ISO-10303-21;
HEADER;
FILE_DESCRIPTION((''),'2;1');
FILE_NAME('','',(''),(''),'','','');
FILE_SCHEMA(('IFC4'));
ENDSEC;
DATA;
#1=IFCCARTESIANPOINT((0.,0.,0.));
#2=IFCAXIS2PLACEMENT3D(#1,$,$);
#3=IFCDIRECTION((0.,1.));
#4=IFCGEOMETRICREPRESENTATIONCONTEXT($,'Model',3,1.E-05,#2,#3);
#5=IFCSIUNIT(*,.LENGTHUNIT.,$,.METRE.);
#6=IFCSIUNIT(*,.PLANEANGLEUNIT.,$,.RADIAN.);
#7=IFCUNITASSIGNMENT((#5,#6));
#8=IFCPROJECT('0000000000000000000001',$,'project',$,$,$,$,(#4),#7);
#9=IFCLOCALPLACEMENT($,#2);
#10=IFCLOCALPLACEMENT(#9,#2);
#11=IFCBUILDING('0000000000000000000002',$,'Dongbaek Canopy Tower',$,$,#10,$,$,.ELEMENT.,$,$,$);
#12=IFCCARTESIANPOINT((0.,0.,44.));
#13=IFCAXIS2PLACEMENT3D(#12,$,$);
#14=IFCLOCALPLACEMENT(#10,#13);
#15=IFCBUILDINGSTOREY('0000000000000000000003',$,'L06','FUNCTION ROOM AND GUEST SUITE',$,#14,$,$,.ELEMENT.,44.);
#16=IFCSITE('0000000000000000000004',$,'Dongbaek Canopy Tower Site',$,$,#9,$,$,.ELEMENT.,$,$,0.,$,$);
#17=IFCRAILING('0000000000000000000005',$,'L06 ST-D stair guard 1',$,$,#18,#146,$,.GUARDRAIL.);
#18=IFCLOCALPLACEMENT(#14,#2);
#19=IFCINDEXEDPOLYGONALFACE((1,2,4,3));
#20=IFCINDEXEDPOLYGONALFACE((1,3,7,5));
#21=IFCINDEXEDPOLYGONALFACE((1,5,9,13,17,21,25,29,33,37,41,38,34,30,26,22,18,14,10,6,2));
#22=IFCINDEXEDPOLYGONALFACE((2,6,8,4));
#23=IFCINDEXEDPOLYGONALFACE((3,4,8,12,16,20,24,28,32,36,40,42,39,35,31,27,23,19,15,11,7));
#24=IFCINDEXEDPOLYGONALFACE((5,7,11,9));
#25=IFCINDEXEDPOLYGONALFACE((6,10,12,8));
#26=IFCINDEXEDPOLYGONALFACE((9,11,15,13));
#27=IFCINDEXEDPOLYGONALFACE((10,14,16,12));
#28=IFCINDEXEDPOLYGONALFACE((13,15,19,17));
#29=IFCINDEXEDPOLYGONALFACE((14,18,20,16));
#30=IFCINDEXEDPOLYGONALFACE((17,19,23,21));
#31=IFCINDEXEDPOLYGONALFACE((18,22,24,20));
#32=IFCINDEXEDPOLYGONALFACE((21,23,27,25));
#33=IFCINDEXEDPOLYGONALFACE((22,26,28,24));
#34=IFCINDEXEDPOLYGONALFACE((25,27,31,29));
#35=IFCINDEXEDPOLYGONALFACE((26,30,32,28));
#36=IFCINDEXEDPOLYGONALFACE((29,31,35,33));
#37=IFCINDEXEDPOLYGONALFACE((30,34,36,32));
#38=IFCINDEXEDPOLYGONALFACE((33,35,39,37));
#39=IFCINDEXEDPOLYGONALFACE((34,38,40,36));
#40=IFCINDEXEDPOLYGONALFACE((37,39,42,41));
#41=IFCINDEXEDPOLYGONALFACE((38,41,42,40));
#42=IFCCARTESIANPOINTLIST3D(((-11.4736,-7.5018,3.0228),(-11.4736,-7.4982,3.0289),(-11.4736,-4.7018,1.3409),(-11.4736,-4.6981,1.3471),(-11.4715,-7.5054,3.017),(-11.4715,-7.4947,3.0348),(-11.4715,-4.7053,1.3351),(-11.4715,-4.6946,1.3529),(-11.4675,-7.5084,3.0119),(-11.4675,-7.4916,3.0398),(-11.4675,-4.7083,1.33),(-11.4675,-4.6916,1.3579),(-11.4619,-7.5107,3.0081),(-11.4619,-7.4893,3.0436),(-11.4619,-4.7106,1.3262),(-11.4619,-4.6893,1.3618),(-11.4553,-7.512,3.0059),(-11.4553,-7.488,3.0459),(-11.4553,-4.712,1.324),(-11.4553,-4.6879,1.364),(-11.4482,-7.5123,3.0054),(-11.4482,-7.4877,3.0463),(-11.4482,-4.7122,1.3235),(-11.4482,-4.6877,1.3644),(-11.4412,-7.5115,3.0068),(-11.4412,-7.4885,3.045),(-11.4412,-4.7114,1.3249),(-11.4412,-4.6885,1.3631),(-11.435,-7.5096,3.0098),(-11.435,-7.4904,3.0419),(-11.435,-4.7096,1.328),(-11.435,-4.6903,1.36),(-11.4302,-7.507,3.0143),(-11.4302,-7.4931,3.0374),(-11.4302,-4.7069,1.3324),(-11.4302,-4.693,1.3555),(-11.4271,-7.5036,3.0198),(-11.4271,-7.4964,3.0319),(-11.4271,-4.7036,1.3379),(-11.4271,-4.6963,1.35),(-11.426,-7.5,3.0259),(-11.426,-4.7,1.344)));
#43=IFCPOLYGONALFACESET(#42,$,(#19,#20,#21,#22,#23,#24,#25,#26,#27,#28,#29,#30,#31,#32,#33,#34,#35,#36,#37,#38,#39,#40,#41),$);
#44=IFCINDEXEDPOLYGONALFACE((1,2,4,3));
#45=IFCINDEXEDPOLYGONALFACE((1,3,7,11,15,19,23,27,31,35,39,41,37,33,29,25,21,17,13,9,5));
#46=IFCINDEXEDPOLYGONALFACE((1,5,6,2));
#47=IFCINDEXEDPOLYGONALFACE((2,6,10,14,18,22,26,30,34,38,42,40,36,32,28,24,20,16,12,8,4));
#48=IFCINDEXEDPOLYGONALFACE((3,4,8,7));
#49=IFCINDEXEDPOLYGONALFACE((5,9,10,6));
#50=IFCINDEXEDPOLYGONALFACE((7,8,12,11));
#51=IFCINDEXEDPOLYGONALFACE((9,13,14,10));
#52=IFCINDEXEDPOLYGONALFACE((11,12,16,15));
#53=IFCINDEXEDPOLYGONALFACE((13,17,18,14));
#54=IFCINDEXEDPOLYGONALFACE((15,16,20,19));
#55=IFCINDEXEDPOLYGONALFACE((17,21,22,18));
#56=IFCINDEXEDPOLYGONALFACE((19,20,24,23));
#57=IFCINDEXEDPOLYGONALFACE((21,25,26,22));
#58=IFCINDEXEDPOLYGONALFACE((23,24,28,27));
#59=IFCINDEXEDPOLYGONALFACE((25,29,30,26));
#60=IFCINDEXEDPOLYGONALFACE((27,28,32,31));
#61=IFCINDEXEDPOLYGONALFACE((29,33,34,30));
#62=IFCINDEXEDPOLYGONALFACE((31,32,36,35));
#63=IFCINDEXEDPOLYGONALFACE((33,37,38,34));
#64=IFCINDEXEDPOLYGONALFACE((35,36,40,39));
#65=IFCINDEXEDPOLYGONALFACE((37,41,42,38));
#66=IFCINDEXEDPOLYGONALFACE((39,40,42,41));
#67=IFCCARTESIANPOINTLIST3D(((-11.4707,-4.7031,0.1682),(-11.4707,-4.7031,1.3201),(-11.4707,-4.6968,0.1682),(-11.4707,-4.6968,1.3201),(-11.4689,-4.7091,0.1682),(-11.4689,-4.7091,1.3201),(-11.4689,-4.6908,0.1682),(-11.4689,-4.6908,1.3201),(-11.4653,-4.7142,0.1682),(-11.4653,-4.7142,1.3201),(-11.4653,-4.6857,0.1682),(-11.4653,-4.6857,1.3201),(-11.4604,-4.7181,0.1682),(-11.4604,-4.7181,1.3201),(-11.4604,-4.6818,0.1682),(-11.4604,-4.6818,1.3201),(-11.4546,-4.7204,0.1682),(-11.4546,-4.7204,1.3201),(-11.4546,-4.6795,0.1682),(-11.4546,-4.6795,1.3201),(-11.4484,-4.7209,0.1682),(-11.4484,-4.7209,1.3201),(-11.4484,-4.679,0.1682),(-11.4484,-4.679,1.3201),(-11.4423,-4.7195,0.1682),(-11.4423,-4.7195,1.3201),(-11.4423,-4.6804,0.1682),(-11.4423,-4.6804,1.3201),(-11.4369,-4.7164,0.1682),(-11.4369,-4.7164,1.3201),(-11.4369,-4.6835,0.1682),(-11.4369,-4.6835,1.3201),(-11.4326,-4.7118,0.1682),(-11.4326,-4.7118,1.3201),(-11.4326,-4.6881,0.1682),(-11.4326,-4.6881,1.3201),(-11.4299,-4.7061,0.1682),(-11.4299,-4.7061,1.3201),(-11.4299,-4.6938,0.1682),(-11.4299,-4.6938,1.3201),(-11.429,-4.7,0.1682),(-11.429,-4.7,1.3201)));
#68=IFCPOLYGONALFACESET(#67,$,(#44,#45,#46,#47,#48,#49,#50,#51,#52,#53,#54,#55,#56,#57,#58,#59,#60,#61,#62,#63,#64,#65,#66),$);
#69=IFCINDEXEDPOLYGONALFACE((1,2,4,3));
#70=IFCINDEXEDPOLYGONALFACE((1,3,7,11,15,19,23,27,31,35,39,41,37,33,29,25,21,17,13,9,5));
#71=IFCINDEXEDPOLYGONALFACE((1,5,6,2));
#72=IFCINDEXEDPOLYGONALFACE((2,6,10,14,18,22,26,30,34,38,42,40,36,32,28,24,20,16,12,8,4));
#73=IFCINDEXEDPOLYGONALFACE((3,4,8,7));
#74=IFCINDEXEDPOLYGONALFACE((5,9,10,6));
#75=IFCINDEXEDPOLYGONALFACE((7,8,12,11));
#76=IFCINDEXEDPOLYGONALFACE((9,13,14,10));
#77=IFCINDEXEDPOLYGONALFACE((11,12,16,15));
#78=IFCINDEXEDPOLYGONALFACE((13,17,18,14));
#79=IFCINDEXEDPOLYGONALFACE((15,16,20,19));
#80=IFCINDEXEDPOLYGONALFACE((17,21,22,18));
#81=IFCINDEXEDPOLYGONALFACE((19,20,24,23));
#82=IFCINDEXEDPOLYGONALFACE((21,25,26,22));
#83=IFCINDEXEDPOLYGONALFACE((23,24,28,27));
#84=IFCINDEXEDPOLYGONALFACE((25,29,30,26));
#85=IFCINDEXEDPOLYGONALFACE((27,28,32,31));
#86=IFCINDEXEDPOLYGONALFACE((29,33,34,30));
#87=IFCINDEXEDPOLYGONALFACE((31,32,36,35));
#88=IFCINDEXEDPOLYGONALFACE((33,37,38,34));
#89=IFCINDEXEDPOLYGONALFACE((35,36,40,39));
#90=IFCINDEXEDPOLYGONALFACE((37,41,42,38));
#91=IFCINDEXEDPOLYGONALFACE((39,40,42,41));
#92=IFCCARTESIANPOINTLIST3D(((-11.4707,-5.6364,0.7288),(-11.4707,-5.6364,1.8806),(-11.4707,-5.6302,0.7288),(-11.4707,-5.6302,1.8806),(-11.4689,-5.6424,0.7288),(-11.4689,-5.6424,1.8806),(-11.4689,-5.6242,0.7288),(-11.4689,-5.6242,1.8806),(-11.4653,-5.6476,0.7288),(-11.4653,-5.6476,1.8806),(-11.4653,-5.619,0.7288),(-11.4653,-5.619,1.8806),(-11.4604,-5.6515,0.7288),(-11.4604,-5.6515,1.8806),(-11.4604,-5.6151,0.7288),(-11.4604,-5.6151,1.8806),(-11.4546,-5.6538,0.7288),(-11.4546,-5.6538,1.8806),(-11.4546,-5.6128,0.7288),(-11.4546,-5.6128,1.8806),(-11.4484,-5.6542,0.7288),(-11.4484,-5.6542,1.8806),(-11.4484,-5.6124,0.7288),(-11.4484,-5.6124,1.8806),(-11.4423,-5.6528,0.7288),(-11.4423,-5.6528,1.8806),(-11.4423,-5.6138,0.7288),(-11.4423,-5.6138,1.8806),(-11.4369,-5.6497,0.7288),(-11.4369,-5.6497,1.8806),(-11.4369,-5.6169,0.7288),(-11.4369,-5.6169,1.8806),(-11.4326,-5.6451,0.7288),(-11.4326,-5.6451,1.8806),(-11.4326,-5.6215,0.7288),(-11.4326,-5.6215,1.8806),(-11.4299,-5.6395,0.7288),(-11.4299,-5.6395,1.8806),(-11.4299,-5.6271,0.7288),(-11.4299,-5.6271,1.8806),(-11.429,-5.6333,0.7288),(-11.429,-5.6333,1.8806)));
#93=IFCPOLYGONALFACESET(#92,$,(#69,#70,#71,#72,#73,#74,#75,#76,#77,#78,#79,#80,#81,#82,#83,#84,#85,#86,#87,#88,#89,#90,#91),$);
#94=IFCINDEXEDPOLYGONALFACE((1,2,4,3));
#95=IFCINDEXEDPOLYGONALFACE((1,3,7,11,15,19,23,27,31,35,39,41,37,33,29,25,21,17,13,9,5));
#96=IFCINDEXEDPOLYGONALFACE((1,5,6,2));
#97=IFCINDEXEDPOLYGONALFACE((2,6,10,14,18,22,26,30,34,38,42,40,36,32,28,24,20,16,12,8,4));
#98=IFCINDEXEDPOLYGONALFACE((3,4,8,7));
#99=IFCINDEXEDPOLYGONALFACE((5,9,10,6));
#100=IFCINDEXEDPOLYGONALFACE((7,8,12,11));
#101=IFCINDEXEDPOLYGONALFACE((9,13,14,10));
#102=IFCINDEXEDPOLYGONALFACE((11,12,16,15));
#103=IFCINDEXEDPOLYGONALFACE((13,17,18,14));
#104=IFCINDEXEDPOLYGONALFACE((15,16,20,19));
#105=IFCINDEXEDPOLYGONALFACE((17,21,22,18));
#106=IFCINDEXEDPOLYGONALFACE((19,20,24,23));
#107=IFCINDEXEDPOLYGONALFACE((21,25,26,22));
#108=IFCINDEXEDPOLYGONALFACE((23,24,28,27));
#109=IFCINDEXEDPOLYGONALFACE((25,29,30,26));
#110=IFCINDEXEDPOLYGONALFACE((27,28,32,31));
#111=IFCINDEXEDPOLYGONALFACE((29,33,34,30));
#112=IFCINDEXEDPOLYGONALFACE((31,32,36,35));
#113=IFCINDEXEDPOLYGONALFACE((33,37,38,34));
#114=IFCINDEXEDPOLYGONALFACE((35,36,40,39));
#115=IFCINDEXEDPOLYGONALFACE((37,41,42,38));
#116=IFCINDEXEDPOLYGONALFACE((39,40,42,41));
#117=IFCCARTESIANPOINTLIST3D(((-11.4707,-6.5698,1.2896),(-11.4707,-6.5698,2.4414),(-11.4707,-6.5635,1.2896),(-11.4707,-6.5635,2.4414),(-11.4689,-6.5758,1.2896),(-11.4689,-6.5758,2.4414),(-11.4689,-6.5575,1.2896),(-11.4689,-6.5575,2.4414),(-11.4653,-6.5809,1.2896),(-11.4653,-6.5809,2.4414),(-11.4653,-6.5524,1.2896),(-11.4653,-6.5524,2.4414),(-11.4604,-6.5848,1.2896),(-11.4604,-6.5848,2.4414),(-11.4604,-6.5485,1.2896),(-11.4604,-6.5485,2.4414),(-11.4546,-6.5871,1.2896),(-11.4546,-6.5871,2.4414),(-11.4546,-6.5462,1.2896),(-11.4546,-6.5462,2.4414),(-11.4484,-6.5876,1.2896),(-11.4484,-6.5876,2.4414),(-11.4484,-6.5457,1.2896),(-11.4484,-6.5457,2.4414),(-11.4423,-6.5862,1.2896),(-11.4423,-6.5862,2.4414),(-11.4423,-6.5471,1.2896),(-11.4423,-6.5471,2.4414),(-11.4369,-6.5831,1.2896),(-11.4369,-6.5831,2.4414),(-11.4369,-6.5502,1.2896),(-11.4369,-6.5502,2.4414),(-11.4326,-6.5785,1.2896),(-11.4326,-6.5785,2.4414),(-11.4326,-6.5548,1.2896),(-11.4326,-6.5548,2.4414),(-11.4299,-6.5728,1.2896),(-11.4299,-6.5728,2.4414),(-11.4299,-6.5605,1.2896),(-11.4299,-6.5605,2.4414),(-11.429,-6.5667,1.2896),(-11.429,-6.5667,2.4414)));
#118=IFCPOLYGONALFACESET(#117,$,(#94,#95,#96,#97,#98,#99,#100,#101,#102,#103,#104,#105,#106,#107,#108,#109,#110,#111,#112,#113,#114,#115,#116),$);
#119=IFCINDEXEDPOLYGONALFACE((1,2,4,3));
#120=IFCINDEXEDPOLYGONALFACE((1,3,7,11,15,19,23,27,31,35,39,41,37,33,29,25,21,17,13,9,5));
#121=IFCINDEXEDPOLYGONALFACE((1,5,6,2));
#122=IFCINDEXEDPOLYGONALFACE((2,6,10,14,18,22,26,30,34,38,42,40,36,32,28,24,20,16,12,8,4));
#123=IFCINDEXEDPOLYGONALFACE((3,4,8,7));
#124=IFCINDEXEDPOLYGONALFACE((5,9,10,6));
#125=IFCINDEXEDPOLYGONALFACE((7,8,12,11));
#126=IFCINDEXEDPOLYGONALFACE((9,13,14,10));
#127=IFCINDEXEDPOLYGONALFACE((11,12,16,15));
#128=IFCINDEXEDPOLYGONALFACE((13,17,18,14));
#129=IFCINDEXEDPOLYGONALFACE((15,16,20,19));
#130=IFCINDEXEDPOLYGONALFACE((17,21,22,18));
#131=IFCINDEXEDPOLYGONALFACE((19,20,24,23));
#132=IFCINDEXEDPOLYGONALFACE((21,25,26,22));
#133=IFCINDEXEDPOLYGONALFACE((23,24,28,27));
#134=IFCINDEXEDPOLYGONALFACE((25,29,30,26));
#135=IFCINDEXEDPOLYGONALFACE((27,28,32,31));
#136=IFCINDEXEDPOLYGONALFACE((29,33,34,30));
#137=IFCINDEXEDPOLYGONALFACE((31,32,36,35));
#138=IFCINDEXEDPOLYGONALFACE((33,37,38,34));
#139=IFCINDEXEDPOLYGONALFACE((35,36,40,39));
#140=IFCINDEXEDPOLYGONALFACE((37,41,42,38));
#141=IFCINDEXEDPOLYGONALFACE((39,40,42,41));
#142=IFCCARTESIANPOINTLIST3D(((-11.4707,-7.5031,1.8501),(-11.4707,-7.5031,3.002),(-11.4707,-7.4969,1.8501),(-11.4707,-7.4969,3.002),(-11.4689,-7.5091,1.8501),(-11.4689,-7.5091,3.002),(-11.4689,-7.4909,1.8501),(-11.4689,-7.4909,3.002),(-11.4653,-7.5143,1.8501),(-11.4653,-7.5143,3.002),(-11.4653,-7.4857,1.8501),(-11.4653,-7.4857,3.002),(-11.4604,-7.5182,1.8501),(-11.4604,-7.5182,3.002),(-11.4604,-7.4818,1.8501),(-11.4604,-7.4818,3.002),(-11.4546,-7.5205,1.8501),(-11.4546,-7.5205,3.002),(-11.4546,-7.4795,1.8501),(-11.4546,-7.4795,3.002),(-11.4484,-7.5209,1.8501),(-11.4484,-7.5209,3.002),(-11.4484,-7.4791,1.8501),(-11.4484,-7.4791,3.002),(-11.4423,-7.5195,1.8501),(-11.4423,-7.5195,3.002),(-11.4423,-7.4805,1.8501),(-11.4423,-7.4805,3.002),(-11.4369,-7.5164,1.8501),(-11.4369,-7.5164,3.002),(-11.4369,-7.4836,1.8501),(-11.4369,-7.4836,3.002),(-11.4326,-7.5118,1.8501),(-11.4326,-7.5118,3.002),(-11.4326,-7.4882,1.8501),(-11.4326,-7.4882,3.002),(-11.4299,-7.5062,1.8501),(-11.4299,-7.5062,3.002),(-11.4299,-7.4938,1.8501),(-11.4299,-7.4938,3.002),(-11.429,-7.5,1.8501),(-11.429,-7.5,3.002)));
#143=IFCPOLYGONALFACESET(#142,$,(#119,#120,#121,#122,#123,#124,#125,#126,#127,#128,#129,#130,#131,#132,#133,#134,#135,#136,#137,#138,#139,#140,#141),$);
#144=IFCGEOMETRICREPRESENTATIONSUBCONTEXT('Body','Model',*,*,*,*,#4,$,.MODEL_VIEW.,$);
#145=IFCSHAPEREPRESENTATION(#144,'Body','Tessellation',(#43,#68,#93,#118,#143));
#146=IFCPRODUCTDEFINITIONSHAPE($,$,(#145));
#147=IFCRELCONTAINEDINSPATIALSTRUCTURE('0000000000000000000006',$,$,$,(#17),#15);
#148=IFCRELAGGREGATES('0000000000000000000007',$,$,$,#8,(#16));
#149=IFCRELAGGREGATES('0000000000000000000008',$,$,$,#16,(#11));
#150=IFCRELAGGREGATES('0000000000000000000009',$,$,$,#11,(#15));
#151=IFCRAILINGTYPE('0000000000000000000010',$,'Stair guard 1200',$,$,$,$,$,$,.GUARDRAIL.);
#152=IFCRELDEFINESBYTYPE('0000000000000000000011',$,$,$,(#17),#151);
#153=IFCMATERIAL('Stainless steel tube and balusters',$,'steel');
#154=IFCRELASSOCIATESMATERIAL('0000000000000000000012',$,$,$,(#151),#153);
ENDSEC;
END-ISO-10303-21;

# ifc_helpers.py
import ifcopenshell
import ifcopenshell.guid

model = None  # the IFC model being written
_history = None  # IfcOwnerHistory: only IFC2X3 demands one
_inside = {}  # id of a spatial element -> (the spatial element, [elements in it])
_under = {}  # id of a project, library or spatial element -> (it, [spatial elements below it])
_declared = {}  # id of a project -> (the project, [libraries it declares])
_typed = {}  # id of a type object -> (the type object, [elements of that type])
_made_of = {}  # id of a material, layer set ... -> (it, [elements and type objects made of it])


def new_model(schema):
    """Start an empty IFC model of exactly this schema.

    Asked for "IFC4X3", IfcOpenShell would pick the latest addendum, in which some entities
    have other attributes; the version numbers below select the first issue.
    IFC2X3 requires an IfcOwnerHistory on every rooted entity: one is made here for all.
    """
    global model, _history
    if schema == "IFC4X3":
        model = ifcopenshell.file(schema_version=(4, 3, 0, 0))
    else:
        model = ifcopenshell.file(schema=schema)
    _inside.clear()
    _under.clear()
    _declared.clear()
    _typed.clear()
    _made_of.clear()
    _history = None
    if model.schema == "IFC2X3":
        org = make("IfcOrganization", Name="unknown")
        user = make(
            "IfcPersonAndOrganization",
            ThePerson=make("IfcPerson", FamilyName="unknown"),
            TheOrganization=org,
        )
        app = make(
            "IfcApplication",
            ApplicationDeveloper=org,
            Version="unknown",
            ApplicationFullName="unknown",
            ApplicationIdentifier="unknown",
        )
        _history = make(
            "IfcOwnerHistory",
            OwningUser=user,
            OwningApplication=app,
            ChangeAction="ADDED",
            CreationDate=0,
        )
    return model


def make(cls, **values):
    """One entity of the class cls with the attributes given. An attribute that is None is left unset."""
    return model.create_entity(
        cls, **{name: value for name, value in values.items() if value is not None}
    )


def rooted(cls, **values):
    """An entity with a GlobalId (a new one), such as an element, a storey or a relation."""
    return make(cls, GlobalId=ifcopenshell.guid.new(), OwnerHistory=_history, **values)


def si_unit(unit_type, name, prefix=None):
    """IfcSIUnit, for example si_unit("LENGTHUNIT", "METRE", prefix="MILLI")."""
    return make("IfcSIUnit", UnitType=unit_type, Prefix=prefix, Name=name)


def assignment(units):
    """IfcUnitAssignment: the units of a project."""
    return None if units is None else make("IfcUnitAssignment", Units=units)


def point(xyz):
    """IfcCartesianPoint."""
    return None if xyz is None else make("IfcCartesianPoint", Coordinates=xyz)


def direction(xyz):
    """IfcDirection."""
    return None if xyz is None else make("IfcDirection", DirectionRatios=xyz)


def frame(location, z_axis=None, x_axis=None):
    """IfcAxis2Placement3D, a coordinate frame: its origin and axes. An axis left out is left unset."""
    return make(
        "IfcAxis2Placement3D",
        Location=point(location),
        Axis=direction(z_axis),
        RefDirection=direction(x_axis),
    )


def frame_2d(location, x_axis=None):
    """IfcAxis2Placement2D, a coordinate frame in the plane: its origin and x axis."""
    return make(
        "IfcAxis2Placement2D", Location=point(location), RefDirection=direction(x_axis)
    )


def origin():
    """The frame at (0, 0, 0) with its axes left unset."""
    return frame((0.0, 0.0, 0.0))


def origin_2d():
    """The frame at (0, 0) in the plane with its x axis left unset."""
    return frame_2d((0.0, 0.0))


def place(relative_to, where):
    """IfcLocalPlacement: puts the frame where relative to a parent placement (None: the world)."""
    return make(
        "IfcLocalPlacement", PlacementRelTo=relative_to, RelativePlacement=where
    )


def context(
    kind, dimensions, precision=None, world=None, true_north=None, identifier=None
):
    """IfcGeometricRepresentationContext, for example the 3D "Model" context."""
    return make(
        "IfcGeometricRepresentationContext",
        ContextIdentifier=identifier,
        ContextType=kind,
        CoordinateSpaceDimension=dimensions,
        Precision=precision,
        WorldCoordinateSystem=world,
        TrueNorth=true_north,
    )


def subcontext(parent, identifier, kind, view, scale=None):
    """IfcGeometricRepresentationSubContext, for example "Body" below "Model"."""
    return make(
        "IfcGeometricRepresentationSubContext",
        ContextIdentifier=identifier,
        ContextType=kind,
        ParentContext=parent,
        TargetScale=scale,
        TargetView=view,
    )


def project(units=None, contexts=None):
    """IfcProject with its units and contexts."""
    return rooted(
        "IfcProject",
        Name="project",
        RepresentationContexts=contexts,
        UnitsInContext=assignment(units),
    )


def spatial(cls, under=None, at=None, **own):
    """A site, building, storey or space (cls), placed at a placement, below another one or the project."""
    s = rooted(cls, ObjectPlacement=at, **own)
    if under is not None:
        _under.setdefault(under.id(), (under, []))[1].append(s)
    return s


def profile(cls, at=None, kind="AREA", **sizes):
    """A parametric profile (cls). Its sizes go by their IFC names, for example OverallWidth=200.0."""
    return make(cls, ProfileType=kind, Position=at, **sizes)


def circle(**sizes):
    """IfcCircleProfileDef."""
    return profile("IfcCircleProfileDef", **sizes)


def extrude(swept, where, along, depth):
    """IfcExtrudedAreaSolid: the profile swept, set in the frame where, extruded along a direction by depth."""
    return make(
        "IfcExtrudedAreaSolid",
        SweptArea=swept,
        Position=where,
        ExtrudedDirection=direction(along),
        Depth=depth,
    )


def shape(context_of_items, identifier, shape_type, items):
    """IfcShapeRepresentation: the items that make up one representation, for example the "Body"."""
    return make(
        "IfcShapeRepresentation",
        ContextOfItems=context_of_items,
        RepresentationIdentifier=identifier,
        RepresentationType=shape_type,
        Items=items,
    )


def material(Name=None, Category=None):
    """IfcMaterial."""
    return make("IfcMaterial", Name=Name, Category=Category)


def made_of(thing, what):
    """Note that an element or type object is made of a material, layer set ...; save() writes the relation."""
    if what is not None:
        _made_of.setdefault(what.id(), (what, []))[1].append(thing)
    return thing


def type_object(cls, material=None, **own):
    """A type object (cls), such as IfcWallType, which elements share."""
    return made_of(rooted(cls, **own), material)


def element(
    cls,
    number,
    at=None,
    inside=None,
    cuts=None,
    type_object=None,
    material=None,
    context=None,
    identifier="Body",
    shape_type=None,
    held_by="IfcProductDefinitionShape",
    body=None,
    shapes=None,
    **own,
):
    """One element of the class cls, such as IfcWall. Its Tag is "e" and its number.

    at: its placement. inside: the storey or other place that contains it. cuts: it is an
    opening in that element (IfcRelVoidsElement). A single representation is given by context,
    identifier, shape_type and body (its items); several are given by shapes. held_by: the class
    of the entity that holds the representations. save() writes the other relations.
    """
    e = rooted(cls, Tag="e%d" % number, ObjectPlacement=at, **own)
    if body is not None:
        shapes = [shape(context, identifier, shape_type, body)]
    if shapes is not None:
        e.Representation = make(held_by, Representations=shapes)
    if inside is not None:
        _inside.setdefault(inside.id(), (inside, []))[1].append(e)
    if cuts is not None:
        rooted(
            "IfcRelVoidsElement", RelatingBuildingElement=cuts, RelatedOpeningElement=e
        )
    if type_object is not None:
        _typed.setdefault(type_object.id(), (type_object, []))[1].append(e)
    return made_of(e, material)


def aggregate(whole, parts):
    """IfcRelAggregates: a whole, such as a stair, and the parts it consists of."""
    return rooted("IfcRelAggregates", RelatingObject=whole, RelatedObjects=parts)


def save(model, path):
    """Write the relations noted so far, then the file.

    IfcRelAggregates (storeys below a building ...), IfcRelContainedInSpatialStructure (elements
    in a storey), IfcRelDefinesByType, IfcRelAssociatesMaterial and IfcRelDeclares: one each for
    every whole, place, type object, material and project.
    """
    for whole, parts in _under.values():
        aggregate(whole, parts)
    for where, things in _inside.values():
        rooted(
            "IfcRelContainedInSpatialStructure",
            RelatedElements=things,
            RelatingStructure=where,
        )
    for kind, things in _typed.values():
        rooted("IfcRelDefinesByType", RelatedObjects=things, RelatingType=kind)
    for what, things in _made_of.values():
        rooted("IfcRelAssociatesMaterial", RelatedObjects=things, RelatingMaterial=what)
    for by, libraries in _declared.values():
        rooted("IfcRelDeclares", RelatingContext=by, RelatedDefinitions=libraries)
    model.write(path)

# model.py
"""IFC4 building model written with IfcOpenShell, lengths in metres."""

from ifc_helpers import new_model, si_unit, direction, frame, origin, origin_2d, place, context, subcontext, project, spatial, circle, extrude, material, type_object, element, save


model = new_model("IFC4")

# Units and contexts
model_context = context("Model", 3, precision=1e-05, world=origin(), true_north=direction((0.0, 1.0)))
body_context = subcontext(model_context, "Body", "Model", "MODEL_VIEW")
ifc_project = project(units=[si_unit("LENGTHUNIT", "METRE"), si_unit("PLANEANGLEUNIT", "RADIAN")], contexts=[model_context])

# Site, building, storey
site_placement = place(None, origin())
site = spatial("IfcSite", under=ifc_project, at=site_placement, Name="Dongbaek Canopy Tower Site", CompositionType="ELEMENT", RefElevation=0.0)
building_placement = place(site_placement, origin())
building = spatial("IfcBuilding", under=site, at=building_placement, Name="Dongbaek Canopy Tower", CompositionType="ELEMENT")
storey_placement = place(building_placement, frame((0.0, 0.0, 44.0)))
storey = spatial("IfcBuildingStorey", under=building, at=storey_placement, Name="L06", Description="FUNCTION ROOM AND GUEST SUITE", CompositionType="ELEMENT", Elevation=44.0)

# Railing
ifc_material_1 = material(Name="Stainless steel tube and balusters", Category="steel")
railing_type_1 = type_object("IfcRailingType", Name="Stair guard 1200", PredefinedType="GUARDRAIL", material=ifc_material_1)
railing_1_placement = place(storey_placement, frame((-11.45, -4.7, 0.1682)))
element("IfcRailing", 1, at=railing_1_placement, inside=storey, type_object=railing_type_1, Name="L06 ST-D stair guard 1", PredefinedType="GUARDRAIL", context=body_context, shape_type="SweptSolid", body=[
    extrude(circle(Radius=0.0239, at=origin_2d()), frame((0.0, 0.0, 1.1758), z_axis=(0.0, -0.857242, 0.514913), x_axis=(1.0, 0.0, 0.0)), (0.0, 0.0, 1.0), 3.2664),
    extrude(circle(Radius=0.021, at=origin_2d()), origin(), (0.0, 0.0, 1.0), 1.1519),
    extrude(circle(Radius=0.021, at=origin_2d()), frame((0.0, -0.9333, 0.5605)), (0.0, 0.0, 1.0), 1.1519),
    extrude(circle(Radius=0.021, at=origin_2d()), frame((0.0, -1.8667, 1.1213)), (0.0, 0.0, 1.0), 1.1519),
    extrude(circle(Radius=0.021, at=origin_2d()), frame((0.0, -2.8, 1.6819)), (0.0, 0.0, 1.0), 1.1519),
])

save(model, "model.ifc")
